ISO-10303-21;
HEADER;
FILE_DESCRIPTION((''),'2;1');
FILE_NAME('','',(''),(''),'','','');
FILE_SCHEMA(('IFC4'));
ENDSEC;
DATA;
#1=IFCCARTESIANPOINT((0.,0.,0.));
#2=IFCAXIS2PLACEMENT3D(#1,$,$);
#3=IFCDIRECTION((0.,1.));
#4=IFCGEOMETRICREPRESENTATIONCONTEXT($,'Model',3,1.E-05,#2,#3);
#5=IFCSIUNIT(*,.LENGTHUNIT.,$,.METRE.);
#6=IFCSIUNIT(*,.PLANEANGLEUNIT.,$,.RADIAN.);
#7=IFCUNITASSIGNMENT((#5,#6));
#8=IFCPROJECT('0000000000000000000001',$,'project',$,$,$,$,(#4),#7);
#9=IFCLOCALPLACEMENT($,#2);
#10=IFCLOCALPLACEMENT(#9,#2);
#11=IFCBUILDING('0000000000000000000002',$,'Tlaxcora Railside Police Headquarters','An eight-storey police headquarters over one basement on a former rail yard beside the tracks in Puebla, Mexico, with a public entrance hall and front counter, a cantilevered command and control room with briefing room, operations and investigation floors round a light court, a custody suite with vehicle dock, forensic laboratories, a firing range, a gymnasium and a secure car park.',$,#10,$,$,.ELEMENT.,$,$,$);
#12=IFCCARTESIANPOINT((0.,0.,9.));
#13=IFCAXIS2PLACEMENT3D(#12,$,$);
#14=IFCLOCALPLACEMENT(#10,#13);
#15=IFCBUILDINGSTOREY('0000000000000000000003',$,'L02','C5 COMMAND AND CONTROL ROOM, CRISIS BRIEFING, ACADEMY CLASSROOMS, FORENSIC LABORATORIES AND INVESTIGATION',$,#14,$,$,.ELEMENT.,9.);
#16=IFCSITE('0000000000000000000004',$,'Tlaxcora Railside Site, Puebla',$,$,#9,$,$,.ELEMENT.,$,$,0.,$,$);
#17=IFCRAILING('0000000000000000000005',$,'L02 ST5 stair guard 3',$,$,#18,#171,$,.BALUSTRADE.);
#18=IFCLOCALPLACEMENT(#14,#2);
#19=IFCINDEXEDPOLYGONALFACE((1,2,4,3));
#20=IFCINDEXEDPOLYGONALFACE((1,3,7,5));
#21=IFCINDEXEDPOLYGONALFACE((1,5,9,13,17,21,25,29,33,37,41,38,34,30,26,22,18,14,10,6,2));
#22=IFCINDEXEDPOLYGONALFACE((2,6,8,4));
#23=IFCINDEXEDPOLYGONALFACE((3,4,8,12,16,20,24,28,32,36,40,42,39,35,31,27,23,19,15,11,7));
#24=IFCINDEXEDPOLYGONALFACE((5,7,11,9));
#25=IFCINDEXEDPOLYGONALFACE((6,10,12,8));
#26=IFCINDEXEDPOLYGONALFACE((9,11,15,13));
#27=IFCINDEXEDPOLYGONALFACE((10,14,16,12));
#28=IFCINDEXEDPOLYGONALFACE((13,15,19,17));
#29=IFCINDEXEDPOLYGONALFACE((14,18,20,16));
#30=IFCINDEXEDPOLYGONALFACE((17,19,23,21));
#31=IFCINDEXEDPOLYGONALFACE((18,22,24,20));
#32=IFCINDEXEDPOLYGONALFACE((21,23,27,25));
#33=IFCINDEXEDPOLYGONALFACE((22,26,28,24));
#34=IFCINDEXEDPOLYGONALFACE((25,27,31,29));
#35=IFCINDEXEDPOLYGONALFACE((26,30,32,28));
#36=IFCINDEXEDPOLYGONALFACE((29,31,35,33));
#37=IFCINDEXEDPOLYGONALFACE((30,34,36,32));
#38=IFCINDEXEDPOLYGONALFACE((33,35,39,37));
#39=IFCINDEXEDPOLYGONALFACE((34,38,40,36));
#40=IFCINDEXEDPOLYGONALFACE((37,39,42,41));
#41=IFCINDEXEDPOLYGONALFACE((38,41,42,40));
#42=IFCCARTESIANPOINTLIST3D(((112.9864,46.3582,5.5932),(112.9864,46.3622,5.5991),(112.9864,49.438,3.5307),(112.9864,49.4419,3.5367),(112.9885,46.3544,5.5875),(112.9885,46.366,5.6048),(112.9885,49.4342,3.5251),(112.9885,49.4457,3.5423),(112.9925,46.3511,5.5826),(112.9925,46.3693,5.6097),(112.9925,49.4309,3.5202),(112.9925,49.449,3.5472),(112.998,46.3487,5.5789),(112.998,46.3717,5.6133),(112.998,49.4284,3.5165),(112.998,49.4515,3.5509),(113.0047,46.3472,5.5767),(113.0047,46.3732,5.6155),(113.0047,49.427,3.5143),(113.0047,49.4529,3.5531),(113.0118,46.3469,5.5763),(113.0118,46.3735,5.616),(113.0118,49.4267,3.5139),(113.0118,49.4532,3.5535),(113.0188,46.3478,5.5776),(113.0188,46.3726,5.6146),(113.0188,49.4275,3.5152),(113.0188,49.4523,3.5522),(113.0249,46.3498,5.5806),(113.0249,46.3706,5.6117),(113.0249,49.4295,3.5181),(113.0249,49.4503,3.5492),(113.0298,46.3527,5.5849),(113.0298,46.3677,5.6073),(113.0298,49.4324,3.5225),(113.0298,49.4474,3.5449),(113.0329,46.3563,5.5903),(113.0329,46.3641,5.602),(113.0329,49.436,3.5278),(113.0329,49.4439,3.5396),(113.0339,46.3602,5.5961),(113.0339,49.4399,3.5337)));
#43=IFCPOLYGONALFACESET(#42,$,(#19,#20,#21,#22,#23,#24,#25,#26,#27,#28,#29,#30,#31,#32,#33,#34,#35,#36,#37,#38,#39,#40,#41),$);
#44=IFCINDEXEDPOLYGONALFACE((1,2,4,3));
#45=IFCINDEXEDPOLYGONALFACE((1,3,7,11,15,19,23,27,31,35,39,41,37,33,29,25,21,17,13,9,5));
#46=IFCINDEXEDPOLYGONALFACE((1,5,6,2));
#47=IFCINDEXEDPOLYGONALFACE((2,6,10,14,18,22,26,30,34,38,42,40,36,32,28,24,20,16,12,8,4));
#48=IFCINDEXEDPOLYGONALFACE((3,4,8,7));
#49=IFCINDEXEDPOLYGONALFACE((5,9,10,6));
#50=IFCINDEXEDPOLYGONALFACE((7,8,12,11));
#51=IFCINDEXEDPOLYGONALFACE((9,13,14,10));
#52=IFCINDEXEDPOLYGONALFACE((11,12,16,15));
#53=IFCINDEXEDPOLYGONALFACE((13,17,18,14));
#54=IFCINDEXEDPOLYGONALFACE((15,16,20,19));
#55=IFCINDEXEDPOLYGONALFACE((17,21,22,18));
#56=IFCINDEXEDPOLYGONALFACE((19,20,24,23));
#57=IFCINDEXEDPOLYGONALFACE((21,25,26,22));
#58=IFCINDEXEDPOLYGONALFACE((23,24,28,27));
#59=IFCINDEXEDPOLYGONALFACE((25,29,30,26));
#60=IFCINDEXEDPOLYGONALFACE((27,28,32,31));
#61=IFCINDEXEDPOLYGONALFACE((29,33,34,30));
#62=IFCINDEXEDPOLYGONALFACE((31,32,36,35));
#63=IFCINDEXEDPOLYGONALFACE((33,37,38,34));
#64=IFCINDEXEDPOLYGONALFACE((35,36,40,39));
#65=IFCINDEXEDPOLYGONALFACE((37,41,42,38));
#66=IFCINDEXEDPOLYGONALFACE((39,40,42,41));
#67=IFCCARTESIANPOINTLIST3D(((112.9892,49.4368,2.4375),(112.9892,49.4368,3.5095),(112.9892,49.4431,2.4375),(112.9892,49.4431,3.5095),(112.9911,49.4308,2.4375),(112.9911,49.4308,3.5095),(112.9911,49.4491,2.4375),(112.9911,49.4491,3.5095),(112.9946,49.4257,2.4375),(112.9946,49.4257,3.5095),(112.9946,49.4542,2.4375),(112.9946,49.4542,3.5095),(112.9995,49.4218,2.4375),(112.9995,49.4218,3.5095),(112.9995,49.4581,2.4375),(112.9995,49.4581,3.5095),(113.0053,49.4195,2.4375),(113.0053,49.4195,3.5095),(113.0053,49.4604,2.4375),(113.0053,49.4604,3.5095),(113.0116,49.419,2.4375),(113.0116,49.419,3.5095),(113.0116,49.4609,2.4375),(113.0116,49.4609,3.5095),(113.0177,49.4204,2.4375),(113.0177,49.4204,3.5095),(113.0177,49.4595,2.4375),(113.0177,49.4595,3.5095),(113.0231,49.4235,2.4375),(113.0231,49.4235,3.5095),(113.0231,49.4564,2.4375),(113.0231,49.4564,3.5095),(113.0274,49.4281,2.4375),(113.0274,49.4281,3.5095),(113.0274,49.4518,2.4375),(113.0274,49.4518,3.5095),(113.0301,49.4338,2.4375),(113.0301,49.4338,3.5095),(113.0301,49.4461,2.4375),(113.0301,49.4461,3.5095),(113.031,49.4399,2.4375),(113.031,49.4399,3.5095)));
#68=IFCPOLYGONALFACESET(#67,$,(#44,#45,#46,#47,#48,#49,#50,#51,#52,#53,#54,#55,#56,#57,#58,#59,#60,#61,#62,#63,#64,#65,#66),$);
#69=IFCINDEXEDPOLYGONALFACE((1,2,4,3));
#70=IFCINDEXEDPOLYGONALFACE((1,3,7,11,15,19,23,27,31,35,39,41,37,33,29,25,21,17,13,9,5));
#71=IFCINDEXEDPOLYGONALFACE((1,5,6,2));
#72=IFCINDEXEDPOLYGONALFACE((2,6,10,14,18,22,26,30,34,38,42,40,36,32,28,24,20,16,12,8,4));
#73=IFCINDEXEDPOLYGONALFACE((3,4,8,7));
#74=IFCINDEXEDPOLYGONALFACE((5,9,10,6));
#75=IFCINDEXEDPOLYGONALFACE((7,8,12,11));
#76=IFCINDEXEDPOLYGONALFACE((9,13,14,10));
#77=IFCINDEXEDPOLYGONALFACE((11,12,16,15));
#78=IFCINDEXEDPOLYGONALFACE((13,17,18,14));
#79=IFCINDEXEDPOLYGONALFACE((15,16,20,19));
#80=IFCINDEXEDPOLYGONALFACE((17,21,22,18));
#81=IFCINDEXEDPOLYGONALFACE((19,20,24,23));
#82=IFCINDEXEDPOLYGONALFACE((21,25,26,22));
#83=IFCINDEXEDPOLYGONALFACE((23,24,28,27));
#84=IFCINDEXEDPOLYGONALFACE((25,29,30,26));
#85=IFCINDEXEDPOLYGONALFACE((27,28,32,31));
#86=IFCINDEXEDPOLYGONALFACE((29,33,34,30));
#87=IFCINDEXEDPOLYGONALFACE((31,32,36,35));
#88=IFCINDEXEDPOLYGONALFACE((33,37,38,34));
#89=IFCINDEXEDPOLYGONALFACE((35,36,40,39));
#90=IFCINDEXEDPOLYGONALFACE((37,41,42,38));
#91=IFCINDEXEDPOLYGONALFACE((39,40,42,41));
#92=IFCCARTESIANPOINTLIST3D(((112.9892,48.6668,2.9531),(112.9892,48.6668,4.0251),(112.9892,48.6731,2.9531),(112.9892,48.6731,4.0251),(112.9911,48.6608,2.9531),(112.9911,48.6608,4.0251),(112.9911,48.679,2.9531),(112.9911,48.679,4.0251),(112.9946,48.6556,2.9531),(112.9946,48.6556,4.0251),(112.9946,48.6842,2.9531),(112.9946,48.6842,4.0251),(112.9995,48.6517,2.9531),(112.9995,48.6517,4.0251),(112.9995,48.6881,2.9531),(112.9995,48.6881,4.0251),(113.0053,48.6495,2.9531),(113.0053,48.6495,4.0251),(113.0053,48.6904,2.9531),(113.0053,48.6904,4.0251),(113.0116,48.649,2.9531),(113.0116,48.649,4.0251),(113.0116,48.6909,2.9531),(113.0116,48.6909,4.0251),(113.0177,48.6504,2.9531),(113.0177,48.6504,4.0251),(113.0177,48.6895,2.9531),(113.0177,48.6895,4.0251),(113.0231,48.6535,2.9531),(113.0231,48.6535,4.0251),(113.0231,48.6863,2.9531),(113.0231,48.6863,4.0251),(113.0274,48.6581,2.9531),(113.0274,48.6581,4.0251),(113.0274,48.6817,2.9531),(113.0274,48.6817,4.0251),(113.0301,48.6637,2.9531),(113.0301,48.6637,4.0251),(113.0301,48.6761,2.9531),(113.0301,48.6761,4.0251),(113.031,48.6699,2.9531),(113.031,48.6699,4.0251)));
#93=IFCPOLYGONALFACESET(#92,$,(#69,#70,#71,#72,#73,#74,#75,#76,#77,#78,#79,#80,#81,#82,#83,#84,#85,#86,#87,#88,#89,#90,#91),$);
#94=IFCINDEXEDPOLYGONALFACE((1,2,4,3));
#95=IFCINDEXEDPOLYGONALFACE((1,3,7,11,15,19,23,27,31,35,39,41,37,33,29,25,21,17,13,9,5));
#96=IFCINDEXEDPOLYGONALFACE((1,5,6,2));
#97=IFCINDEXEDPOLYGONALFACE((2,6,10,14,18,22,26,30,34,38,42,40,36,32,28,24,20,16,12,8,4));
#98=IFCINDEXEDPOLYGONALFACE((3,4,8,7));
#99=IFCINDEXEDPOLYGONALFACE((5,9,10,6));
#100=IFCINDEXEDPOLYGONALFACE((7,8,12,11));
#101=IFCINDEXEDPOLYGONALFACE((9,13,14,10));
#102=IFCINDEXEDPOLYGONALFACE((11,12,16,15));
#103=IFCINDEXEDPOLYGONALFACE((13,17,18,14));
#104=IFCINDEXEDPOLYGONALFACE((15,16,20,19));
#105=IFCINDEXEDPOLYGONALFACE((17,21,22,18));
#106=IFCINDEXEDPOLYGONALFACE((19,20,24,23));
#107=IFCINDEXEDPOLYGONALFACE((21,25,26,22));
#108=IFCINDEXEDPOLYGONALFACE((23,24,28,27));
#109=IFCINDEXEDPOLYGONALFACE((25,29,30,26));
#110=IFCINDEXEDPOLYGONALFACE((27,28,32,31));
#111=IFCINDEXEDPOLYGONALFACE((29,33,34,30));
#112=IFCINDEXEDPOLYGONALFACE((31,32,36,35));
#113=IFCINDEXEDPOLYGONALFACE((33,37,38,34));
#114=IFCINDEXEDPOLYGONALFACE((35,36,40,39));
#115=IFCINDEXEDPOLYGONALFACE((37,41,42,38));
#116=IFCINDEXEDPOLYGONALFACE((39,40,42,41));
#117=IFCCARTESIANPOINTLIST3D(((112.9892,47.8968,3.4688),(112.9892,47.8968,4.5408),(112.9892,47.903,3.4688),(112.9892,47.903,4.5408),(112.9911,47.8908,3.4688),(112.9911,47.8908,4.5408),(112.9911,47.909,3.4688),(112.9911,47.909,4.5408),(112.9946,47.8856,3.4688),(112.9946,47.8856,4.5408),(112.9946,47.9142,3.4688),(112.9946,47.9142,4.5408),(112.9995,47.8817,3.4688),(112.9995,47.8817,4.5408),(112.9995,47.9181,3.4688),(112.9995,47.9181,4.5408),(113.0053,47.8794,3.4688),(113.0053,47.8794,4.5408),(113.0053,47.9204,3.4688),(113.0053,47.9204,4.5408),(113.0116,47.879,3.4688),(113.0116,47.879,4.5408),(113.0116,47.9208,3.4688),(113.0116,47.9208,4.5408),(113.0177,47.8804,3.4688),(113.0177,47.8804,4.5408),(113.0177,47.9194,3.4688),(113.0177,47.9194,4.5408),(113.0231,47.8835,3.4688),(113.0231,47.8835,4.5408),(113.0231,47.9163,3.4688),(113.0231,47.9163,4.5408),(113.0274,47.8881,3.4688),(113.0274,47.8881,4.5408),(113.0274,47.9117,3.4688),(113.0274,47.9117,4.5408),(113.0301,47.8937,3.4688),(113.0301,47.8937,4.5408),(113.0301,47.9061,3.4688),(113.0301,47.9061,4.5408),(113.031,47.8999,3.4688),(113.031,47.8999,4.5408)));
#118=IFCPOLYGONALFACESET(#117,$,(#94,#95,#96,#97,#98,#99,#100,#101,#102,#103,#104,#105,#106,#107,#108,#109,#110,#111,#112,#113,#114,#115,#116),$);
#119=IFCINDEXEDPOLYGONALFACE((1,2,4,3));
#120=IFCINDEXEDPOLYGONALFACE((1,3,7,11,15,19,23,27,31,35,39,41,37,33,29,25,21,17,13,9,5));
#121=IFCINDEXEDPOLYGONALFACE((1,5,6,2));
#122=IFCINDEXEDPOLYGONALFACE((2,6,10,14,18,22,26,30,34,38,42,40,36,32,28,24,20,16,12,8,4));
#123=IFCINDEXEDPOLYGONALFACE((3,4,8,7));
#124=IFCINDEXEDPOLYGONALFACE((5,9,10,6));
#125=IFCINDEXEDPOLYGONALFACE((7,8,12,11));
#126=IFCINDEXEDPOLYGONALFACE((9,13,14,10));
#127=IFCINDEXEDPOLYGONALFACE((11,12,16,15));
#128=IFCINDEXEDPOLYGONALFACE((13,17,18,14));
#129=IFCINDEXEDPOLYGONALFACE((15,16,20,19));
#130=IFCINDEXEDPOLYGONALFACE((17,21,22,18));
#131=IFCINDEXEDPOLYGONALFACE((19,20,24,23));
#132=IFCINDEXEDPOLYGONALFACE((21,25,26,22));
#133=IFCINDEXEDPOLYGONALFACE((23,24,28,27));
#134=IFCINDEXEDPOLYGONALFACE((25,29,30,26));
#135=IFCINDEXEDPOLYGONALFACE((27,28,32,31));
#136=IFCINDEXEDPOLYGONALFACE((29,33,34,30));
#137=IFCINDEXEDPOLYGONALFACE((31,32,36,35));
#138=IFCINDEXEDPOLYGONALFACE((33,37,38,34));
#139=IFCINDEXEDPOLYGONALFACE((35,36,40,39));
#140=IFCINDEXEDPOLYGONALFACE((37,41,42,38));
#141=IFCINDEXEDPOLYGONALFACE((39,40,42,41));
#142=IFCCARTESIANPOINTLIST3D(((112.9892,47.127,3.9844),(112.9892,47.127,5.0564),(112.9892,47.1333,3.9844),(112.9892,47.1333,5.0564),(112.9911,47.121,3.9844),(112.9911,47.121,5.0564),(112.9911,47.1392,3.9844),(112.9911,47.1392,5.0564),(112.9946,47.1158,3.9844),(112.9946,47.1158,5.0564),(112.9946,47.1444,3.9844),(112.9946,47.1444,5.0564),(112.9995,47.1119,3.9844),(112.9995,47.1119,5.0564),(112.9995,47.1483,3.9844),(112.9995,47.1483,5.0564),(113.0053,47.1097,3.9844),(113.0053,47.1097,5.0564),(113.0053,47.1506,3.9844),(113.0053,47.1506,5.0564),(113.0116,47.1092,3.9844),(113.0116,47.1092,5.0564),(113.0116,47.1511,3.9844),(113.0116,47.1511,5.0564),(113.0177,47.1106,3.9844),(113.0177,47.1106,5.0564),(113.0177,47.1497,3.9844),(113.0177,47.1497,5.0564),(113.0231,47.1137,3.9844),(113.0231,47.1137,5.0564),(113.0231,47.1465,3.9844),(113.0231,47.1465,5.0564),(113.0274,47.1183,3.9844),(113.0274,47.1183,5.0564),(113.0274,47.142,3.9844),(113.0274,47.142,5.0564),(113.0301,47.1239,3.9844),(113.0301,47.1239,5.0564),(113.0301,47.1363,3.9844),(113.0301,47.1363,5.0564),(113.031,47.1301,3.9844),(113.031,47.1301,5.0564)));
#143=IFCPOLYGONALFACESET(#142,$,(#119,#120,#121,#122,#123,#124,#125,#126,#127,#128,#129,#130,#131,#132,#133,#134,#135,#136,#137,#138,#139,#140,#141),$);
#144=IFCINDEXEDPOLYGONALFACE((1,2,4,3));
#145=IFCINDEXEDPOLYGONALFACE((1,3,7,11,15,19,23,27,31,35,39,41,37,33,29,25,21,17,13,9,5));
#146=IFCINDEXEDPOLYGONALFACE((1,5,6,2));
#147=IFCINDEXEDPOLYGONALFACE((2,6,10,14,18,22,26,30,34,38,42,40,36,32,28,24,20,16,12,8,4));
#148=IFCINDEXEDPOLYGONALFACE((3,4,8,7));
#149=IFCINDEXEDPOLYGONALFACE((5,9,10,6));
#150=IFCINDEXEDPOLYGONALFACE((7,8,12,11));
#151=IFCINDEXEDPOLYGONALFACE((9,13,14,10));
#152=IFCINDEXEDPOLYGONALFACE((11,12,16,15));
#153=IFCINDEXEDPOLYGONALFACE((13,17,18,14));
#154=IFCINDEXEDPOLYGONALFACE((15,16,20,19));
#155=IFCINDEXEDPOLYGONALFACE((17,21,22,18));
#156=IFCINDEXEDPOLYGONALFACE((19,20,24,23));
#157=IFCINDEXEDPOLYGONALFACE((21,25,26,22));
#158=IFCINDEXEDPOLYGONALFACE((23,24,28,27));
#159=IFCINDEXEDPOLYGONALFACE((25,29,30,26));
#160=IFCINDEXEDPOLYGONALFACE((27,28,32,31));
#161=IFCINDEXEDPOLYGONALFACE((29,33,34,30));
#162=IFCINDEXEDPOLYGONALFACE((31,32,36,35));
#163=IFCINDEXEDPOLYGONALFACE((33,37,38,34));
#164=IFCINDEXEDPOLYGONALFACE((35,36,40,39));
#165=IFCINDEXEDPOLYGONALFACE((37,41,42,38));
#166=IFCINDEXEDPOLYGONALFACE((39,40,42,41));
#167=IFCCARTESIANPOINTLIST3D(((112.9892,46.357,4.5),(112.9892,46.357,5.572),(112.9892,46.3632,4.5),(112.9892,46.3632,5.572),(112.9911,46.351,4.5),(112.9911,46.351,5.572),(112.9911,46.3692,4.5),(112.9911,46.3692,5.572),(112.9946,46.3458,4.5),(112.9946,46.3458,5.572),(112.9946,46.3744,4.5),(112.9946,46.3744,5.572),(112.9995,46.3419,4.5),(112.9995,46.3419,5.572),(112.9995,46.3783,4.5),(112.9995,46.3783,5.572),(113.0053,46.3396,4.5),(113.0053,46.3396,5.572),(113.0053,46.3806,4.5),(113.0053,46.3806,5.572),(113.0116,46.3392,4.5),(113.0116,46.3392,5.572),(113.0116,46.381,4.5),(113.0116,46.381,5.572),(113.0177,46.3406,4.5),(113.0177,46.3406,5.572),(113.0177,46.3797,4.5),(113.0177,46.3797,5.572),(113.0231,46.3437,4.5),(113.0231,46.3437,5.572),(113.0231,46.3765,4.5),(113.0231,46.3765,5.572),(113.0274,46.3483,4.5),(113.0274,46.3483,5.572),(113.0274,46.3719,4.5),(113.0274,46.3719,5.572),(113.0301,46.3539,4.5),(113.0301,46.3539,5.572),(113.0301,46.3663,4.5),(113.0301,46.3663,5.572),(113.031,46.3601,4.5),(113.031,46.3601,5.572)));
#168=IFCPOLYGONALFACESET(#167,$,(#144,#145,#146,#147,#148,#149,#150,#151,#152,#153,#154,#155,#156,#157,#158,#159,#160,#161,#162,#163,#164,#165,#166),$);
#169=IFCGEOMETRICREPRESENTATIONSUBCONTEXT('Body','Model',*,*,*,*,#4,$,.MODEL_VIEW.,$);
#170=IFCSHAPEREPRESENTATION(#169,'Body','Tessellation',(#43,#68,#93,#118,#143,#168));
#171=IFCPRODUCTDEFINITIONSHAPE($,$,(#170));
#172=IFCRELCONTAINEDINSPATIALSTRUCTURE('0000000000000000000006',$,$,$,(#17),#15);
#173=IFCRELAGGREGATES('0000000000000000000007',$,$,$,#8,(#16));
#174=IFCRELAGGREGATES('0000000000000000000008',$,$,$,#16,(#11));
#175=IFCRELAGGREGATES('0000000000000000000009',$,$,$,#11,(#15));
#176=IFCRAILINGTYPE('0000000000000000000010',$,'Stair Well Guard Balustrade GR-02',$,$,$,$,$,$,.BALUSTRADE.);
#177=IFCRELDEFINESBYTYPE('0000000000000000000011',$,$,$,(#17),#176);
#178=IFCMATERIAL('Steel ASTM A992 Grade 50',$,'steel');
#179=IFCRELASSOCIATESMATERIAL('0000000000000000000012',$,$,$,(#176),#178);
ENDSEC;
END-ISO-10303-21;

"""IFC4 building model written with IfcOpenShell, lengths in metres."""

from ifc_helpers import new_model, si_unit, direction, frame, origin, origin_2d, place, context, subcontext, project, spatial, circle, extrude, material, type_object, element, save


model = new_model("IFC4")

# Units and contexts
model_context = context("Model", 3, precision=1e-05, world=origin(), true_north=direction((0.0, 1.0)))
body_context = subcontext(model_context, "Body", "Model", "MODEL_VIEW")
ifc_project = project(units=[si_unit("LENGTHUNIT", "METRE"), si_unit("PLANEANGLEUNIT", "RADIAN")], contexts=[model_context])

# Site, building, storey
site_placement = place(None, origin())
site = spatial("IfcSite", under=ifc_project, at=site_placement, Name="Tlaxcora Railside Site, Puebla", CompositionType="ELEMENT", RefElevation=0.0)
building_placement = place(site_placement, origin())
building = spatial("IfcBuilding", under=site, at=building_placement, Name="Tlaxcora Railside Police Headquarters", Description="An eight-storey police headquarters over one basement on a former rail yard beside the tracks in Puebla, Mexico, with a public entrance hall and front counter, a cantilevered command and control room with briefing room, operations and investigation floors round a light court, a custody suite with vehicle dock, forensic laboratories, a firing range, a gymnasium and a secure car park.", CompositionType="ELEMENT")
storey_placement = place(building_placement, frame((0.0, 0.0, 9.0)))
storey = spatial("IfcBuildingStorey", under=building, at=storey_placement, Name="L02", Description="C5 COMMAND AND CONTROL ROOM, CRISIS BRIEFING, ACADEMY CLASSROOMS, FORENSIC LABORATORIES AND INVESTIGATION", CompositionType="ELEMENT", Elevation=9.0)

# Shared definitions
ifc_material_1 = material(Name="Steel ASTM A992 Grade 50", Category="steel")

# Railing
railing_type_1 = type_object("IfcRailingType", Name="Stair Well Guard Balustrade GR-02", PredefinedType="BALUSTRADE", material=ifc_material_1)
railing_1_placement = place(storey_placement, frame((113.01, 49.4399, 2.4375)))
element("IfcRailing", 1, at=railing_1_placement, inside=storey, type_object=railing_type_1, Name="L02 ST5 stair guard 3", PredefinedType="BALUSTRADE", context=body_context, shape_type="SweptSolid", body=[
    extrude(circle(Radius=0.0239, at=origin_2d()), frame((0.0, 0.0, 1.0962), z_axis=(0.0, -0.830893, 0.556432), x_axis=(1.0, 0.0, 0.0)), (0.0, 0.0, 1.0), 3.7065),
    extrude(circle(Radius=0.021, at=origin_2d()), origin(), (0.0, 0.0, 1.0), 1.072),
    extrude(circle(Radius=0.021, at=origin_2d()), frame((0.0, -0.77, 0.5156)), (0.0, 0.0, 1.0), 1.072),
    extrude(circle(Radius=0.021, at=origin_2d()), frame((0.0, -1.54, 1.0312)), (0.0, 0.0, 1.0), 1.072),
    extrude(circle(Radius=0.021, at=origin_2d()), frame((0.0, -2.3098, 1.5469)), (0.0, 0.0, 1.0), 1.072),
    extrude(circle(Radius=0.021, at=origin_2d()), frame((0.0, -3.0798, 2.0625)), (0.0, 0.0, 1.0), 1.072),
])

save(model, "model.ifc")
